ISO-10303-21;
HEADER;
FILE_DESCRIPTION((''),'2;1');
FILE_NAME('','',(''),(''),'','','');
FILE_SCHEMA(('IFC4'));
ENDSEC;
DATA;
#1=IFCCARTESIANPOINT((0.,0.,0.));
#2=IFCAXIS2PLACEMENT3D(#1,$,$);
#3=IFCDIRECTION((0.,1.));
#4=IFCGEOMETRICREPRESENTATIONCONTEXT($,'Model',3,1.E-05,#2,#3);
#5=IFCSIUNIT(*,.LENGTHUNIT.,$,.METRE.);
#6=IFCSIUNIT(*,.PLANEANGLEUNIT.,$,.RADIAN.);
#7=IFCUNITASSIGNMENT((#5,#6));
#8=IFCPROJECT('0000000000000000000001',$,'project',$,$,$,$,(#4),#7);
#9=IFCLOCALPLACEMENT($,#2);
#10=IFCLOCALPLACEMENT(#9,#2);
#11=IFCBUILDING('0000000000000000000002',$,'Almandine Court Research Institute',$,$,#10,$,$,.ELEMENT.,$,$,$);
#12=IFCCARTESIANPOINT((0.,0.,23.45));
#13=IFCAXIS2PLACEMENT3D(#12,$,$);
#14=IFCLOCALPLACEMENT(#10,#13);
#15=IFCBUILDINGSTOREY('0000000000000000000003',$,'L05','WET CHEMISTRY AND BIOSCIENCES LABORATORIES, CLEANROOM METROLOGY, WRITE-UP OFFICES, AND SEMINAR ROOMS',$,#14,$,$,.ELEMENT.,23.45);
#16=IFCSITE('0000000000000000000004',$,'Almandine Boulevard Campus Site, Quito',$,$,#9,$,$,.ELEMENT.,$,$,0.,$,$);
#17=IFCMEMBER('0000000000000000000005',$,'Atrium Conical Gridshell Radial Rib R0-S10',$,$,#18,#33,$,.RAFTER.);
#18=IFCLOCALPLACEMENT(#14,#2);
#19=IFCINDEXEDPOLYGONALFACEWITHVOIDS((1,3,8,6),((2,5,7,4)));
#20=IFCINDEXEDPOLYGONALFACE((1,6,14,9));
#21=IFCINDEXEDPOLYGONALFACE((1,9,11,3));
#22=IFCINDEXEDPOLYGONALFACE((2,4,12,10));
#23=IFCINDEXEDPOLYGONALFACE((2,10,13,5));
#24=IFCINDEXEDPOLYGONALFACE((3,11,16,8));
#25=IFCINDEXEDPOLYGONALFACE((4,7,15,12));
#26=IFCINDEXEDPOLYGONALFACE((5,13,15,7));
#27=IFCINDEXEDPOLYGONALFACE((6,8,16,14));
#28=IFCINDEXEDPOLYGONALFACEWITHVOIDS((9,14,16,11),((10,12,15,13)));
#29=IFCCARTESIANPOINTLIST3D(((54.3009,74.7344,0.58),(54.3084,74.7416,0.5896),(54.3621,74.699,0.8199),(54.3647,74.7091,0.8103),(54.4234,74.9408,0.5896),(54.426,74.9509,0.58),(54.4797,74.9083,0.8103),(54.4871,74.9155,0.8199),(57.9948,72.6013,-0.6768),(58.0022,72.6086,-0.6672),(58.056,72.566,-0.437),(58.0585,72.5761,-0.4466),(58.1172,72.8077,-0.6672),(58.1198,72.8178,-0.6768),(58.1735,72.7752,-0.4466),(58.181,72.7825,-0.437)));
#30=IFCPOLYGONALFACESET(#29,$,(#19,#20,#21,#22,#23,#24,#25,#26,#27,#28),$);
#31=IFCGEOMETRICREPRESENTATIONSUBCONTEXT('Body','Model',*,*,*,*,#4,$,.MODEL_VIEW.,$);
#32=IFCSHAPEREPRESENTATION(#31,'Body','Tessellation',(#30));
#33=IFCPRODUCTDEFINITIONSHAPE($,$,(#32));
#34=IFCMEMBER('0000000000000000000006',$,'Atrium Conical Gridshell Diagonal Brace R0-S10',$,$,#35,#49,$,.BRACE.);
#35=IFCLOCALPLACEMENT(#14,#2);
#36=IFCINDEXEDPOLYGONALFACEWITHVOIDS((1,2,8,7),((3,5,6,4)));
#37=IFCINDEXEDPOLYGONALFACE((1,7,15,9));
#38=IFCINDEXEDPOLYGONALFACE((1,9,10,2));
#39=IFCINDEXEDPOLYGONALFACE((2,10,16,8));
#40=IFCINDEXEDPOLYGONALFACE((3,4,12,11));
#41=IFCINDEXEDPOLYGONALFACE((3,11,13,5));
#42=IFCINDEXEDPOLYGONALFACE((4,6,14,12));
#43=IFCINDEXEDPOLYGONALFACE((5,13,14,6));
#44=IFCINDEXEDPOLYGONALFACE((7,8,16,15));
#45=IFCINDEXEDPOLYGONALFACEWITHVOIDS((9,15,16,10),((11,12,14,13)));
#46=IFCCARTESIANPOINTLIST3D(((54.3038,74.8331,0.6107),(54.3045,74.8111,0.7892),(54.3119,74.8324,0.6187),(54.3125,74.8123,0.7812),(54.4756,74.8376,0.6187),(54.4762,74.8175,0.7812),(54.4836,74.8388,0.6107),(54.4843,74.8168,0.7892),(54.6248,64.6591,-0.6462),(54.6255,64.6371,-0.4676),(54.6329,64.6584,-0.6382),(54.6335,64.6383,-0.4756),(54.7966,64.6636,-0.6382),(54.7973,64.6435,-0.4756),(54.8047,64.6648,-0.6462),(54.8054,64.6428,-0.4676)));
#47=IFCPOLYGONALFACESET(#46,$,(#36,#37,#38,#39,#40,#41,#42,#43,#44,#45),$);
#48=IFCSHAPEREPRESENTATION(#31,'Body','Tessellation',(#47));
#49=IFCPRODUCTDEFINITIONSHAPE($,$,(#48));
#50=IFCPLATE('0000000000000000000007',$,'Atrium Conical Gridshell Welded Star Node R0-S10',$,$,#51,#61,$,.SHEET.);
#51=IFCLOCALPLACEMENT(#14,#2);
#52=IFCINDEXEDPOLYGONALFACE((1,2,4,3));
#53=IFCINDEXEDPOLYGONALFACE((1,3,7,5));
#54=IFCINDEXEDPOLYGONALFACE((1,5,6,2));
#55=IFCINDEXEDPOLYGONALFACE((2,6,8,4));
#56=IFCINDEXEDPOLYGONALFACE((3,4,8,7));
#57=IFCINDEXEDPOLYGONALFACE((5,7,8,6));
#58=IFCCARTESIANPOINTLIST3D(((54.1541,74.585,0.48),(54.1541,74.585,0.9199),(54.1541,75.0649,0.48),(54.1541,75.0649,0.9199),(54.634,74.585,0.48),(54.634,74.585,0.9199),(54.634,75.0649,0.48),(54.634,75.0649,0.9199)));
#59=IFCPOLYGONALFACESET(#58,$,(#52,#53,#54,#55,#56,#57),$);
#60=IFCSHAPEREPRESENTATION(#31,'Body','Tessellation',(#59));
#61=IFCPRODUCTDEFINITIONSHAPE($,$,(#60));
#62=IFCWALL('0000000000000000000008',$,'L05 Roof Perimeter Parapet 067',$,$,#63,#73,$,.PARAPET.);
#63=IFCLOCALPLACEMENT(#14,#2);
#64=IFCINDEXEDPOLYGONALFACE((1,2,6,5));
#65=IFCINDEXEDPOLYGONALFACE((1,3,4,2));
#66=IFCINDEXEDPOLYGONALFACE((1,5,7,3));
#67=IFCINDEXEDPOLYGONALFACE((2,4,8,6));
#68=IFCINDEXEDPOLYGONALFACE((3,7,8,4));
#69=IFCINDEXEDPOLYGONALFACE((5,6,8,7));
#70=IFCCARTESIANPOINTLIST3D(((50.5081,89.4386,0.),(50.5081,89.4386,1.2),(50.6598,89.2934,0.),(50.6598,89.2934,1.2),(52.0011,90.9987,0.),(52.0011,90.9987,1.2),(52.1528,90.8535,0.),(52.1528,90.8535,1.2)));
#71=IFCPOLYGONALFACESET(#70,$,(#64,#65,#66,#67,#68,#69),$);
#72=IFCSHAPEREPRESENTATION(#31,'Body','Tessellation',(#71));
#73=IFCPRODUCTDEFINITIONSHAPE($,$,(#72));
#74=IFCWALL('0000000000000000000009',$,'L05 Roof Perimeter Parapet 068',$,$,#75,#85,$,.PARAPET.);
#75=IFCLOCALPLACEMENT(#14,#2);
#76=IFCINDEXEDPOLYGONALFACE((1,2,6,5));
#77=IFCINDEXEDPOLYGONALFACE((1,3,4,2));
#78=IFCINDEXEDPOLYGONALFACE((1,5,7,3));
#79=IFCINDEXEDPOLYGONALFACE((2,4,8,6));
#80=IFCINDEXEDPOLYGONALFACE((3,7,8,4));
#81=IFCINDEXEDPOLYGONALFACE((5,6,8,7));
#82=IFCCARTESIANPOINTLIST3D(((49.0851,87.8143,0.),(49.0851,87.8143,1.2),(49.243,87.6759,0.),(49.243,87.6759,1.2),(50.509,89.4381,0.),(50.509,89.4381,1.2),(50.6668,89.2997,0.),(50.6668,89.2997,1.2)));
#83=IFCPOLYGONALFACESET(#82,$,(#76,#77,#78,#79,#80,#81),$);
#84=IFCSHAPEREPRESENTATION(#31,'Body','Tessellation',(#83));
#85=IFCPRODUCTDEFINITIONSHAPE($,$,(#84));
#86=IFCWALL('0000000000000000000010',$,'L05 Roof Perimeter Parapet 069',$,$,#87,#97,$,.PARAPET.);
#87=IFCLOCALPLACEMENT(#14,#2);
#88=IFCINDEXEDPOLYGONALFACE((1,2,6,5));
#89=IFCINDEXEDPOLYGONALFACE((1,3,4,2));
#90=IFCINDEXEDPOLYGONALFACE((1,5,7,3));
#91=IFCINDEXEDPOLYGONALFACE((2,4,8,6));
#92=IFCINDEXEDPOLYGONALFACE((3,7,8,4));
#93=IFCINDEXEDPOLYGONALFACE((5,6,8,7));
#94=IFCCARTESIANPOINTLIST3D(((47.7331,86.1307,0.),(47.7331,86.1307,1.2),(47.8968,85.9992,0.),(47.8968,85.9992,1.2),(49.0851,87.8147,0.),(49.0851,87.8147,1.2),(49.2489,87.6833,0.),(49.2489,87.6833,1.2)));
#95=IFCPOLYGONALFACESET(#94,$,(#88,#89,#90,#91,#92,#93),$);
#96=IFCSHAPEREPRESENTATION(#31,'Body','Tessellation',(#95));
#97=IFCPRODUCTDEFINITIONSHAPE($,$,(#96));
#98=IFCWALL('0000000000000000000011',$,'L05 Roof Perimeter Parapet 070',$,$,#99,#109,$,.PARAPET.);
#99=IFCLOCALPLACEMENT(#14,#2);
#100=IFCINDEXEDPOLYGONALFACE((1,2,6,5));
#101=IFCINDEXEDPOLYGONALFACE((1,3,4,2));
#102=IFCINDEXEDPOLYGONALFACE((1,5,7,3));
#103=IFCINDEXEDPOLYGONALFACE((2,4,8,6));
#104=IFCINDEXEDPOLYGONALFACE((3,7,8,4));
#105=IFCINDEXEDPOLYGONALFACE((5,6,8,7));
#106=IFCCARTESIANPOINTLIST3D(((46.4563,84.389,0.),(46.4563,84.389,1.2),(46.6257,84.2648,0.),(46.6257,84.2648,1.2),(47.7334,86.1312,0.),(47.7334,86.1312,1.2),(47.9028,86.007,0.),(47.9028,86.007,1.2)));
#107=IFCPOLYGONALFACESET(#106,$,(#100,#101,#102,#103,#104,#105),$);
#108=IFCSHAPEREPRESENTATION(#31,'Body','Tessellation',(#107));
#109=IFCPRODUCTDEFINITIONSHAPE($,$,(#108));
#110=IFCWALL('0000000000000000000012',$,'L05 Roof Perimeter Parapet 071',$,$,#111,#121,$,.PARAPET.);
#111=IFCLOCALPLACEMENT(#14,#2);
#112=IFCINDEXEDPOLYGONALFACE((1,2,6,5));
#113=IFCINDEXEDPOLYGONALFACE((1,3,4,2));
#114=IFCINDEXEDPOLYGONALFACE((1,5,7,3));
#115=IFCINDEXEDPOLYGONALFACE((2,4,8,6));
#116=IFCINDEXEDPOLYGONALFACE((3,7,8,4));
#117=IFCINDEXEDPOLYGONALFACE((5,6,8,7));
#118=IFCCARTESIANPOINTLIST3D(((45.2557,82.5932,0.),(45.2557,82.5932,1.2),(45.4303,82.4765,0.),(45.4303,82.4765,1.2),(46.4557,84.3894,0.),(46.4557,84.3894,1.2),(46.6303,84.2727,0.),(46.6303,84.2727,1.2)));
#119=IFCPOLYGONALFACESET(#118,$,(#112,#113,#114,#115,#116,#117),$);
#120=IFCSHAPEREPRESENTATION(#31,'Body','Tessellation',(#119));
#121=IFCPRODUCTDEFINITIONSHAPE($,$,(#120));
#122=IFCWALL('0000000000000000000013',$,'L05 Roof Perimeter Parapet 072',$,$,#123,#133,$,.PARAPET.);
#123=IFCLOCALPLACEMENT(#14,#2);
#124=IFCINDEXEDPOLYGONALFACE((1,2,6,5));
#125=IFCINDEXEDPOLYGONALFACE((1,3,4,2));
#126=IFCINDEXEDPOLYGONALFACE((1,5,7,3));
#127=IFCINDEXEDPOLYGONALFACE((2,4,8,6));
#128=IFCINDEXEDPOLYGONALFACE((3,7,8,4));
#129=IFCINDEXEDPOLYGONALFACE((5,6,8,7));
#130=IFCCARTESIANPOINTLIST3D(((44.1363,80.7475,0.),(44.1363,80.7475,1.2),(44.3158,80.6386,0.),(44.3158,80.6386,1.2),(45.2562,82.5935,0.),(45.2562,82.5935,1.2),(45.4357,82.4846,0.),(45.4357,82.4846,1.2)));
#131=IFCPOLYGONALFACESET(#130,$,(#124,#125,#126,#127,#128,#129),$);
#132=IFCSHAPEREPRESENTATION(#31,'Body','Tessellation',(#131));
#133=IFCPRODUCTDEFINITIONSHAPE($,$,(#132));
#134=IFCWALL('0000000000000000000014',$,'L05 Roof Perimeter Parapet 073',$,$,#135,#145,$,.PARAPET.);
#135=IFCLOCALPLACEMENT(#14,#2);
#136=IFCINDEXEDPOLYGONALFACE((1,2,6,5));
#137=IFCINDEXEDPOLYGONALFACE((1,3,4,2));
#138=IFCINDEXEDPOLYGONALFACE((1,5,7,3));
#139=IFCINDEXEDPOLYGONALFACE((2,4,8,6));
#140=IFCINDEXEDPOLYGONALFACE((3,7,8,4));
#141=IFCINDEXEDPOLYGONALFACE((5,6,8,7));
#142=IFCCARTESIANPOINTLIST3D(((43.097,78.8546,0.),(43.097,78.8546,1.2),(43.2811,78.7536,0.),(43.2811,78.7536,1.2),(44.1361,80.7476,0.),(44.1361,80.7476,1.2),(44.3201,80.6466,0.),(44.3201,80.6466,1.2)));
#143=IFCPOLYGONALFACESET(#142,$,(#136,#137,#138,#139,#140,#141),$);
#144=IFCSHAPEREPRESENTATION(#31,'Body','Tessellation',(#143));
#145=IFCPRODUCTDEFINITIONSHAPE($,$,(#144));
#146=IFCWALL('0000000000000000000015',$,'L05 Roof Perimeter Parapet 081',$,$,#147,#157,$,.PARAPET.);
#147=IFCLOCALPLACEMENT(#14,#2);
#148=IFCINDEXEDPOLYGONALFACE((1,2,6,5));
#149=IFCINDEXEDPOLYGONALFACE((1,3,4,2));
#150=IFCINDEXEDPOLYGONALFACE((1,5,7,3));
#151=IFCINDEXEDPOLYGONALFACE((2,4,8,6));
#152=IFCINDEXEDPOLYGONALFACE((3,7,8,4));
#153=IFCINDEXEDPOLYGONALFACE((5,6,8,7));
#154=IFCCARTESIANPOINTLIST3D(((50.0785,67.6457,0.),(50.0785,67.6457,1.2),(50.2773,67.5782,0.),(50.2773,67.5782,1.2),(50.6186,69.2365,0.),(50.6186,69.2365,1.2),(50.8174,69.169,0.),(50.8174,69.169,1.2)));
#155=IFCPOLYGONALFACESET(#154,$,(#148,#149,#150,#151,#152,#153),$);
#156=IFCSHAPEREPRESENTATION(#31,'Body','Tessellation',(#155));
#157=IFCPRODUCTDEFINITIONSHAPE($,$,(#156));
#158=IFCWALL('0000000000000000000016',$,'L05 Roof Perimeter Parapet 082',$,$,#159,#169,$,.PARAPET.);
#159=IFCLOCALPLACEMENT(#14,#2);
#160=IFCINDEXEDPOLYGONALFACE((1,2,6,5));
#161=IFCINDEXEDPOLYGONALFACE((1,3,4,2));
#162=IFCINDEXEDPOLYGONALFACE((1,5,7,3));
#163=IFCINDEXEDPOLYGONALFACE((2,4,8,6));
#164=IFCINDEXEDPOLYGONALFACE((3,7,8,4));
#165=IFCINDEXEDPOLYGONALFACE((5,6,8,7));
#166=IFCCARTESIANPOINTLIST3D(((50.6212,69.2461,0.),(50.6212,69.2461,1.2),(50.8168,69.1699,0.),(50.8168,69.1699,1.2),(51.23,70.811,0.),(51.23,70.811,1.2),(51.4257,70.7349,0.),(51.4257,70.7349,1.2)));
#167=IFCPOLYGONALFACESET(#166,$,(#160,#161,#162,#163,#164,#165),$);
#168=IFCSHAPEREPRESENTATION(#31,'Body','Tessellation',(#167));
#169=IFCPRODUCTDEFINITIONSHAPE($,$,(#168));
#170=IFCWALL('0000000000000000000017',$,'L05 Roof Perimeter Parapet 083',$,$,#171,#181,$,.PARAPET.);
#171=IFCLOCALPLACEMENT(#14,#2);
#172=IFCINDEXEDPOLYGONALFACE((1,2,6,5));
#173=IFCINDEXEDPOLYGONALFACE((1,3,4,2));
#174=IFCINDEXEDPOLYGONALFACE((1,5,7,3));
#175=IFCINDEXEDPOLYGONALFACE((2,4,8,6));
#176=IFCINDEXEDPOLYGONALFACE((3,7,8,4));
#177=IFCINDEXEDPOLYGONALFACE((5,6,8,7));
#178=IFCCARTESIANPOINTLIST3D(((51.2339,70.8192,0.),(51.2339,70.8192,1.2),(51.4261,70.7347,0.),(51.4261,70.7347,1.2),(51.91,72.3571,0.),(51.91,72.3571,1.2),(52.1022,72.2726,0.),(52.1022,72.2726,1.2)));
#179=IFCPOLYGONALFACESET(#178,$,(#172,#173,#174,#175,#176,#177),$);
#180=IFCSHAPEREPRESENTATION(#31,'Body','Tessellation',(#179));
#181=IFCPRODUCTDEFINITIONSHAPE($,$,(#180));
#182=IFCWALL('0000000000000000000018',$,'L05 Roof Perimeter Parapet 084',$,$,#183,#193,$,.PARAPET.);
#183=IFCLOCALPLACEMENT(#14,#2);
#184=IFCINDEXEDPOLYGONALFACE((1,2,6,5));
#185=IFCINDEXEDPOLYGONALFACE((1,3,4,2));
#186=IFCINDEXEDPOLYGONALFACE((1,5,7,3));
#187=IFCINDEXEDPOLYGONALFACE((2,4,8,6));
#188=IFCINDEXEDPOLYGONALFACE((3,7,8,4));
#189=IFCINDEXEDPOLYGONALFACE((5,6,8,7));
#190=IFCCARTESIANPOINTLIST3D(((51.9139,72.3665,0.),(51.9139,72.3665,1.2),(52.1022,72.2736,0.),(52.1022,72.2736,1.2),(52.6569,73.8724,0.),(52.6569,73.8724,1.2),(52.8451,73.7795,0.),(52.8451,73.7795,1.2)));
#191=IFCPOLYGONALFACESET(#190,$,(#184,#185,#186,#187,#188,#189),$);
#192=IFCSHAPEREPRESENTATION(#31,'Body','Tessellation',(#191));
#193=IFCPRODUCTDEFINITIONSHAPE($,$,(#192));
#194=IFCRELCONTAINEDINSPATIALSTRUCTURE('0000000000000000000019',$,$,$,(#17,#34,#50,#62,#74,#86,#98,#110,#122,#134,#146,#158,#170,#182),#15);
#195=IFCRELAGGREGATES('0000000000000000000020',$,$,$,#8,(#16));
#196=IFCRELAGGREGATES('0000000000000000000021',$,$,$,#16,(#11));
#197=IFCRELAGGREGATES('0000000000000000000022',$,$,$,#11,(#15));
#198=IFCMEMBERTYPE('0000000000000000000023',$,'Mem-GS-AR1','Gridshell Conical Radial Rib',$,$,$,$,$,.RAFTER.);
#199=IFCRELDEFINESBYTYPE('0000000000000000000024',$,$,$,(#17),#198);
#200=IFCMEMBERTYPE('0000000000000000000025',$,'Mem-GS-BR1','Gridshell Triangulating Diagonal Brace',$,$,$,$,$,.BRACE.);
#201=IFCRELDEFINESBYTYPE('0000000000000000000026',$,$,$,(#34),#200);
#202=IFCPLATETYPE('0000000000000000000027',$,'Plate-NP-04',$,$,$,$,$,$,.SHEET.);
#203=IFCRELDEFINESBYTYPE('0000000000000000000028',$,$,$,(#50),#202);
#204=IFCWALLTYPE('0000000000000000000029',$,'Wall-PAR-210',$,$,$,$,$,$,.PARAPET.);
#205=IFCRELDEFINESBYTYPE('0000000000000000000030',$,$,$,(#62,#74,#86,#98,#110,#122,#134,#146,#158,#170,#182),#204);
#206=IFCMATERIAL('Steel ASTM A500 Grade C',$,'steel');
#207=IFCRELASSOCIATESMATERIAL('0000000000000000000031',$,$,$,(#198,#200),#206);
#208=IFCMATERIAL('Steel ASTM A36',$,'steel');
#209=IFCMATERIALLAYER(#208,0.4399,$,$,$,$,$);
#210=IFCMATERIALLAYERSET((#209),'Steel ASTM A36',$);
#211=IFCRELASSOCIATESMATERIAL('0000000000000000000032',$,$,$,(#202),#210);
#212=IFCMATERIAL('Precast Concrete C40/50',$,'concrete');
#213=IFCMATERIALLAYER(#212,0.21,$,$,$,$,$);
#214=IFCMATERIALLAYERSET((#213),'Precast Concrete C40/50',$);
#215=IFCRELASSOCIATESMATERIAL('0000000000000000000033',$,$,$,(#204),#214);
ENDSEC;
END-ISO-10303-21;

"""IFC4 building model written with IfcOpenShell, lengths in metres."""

from ifc_helpers import new_model, si_unit, direction, frame, frame_2d, origin, origin_2d, place, context, subcontext, project, spatial, rectangle, hollow_rectangle, extrude, material, layer, layer_set, material_profile, profile_set, type_object, element, save


model = new_model("IFC4")

# Units and contexts
model_context = context("Model", 3, precision=1e-05, world=origin(), true_north=direction((0.0, 1.0)))
body_context = subcontext(model_context, "Body", "Model", "MODEL_VIEW")
ifc_project = project(units=[si_unit("LENGTHUNIT", "METRE"), si_unit("PLANEANGLEUNIT", "RADIAN")], contexts=[model_context])

# Site, building, storey
site_placement = place(None, origin())
site = spatial("IfcSite", under=ifc_project, at=site_placement, Name="Almandine Boulevard Campus Site, Quito", CompositionType="ELEMENT", RefElevation=0.0)
building_placement = place(site_placement, origin())
building = spatial("IfcBuilding", under=site, at=building_placement, Name="Almandine Court Research Institute", CompositionType="ELEMENT")
storey_placement = place(building_placement, frame((0.0, 0.0, 23.45)))
storey = spatial("IfcBuildingStorey", under=building, at=storey_placement, Name="L05", Description="WET CHEMISTRY AND BIOSCIENCES LABORATORIES, CLEANROOM METROLOGY, WRITE-UP OFFICES, AND SEMINAR ROOMS", CompositionType="ELEMENT", Elevation=23.45)

# Members
ifc_material_1 = material(Name="Steel ASTM A500 Grade C", Category="steel")
ifc_material_profile_1 = material_profile(ifc_material_1, hollow_rectangle(XDim=0.25, YDim=0.25, WallThickness=0.01, at=origin_2d()), Name="HSS 250x250x10")
ifc_profile_set_1 = profile_set([ifc_material_profile_1], Name="Steel ASTM A500 Grade C")
member_type_1 = type_object("IfcMemberType", Name="Mem-GS-AR1", Description="Gridshell Conical Radial Rib", PredefinedType="RAFTER", material=ifc_profile_set_1)
member_1_placement = place(storey_placement, frame((54.394, 74.825, 0.7), z_axis=(0.830674, -0.479683, -0.282638), x_axis=(0.500073, 0.865984, 0.0)))
element("IfcMember", 1, at=member_1_placement, inside=storey, type_object=member_type_1, Name="Atrium Conical Gridshell Radial Rib R0-S10", PredefinedType="RAFTER", context=body_context, shape_type="SweptSolid", body=[
    extrude(hollow_rectangle(XDim=0.25, YDim=0.25, WallThickness=0.01, at=origin_2d()), origin(), (0.0, 0.0, 1.0), 4.4468),
])
ifc_material_profile_2 = material_profile(ifc_material_1, hollow_rectangle(XDim=0.1799, YDim=0.1799, WallThickness=0.0081, at=origin_2d()), Name="HSS 180x180x8")
ifc_profile_set_2 = profile_set([ifc_material_profile_2], Name="Steel ASTM A500 Grade C")
member_type_2 = type_object("IfcMemberType", Name="Mem-GS-BR1", Description="Gridshell Triangulating Diagonal Brace", PredefinedType="BRACE", material=ifc_profile_set_2)
member_2_placement = place(storey_placement, frame((54.394, 74.825, 0.7), z_axis=(0.031302, -0.99197, -0.122541), x_axis=(0.999503, 0.03154, 0.0)))
element("IfcMember", 2, at=member_2_placement, inside=storey, type_object=member_type_2, Name="Atrium Conical Gridshell Diagonal Brace R0-S10", PredefinedType="BRACE", context=body_context, shape_type="SweptSolid", body=[
    extrude(hollow_rectangle(XDim=0.1799, YDim=0.1799, WallThickness=0.0081, at=origin_2d()), origin(), (0.0, 0.0, 1.0), 10.2563),
])

# Plate
ifc_material_2 = material(Name="Steel ASTM A36", Category="steel")
ifc_layer_1 = layer(ifc_material_2, 0.4399)
ifc_layer_set_1 = layer_set([ifc_layer_1], Name="Steel ASTM A36")
plate_type = type_object("IfcPlateType", Name="Plate-NP-04", PredefinedType="SHEET", material=ifc_layer_set_1)
plate_placement = place(storey_placement, frame((54.394, 74.825, 0.48), z_axis=(0.0, 0.0, 1.0), x_axis=(1.0, 0.0, 0.0)))
element("IfcPlate", 3, at=plate_placement, inside=storey, type_object=plate_type, Name="Atrium Conical Gridshell Welded Star Node R0-S10", PredefinedType="SHEET", context=body_context, shape_type="SweptSolid", body=[
    extrude(rectangle(XDim=0.48, YDim=0.48, at=origin_2d()), origin(), (0.0, 0.0, 1.0), 0.4399),
])

# Walls
ifc_material_3 = material(Name="Precast Concrete C40/50", Category="concrete")
ifc_layer_2 = layer(ifc_material_3, 0.21)
ifc_layer_set_2 = layer_set([ifc_layer_2], Name="Precast Concrete C40/50")
wall_type_1 = type_object("IfcWallType", Name="Wall-PAR-210", PredefinedType="PARAPET", material=ifc_layer_set_2)
wall_1_placement = place(storey_placement, frame((52.0769, 90.926, 0.0), z_axis=(0.0, 0.0, 1.0), x_axis=(-0.691389, -0.722482, 0.0)))
element("IfcWall", 4, at=wall_1_placement, inside=storey, type_object=wall_type_1, Name="L05 Roof Perimeter Parapet 067", PredefinedType="PARAPET", context=body_context, shape_type="SweptSolid", body=[
    extrude(rectangle(XDim=2.1594, YDim=0.21, at=frame_2d((1.0796, 0.0))), origin(), (0.0, 0.0, 1.0), 1.2),
])
for number, where, z_axis, x_axis, name in (
    (5, (50.5879, 89.3689, 0.0), (0.0, 0.0, 1.0), (-0.659297, -0.751883, 0.0), "L05 Roof Perimeter Parapet 068"),
    (6, (49.167, 87.749, 0.0), (0.0, 0.0, 1.0), (-0.626045, -0.779787, 0.0), "L05 Roof Perimeter Parapet 069"),
):
    element("IfcWall", number, at=place(storey_placement, frame(where, z_axis=z_axis, x_axis=x_axis)), inside=storey, type_object=wall_type_1, Name=name, PredefinedType="PARAPET", context=body_context, shape_type="SweptSolid", body=[
        extrude(rectangle(XDim=2.1597, YDim=0.21, at=frame_2d((1.0798, 0.0))), origin(), (0.0, 0.0, 1.0), 1.2),
    ])
for number, where, z_axis, x_axis, name in (
    (7, (47.8181, 86.0691, 0.0), (0.0, 0.0, 1.0), (-0.591212, -0.806516, 0.0), "L05 Roof Perimeter Parapet 070"),
    (8, (46.543, 84.3311, 0.0), (0.0, 0.0, 1.0), (-0.555508, -0.831511, 0.0), "L05 Roof Perimeter Parapet 071"),
):
    element("IfcWall", number, at=place(storey_placement, frame(where, z_axis=z_axis, x_axis=x_axis)), inside=storey, type_object=wall_type_1, Name=name, PredefinedType="PARAPET", context=body_context, shape_type="SweptSolid", body=[
        extrude(rectangle(XDim=2.1602, YDim=0.21, at=frame_2d((1.0801, 0.0))), origin(), (0.0, 0.0, 1.0), 1.2),
    ])
wall_2_placement = place(storey_placement, frame((45.3459, 82.5391, 0.0), z_axis=(0.0, 0.0, 1.0), x_axis=(-0.51868, -0.854968, 0.0)))
element("IfcWall", 9, at=wall_2_placement, inside=storey, type_object=wall_type_1, Name="L05 Roof Perimeter Parapet 072", PredefinedType="PARAPET", context=body_context, shape_type="SweptSolid", body=[
    extrude(rectangle(XDim=2.1592, YDim=0.21, at=frame_2d((1.0796, 0.0))), origin(), (0.0, 0.0, 1.0), 1.2),
])
wall_3_placement = place(storey_placement, frame((44.228, 80.697, 0.0), z_axis=(0.0, 0.0, 1.0), x_axis=(-0.481163, -0.876631, 0.0)))
element("IfcWall", 10, at=wall_3_placement, inside=storey, type_object=wall_type_1, Name="L05 Roof Perimeter Parapet 073", PredefinedType="PARAPET", context=body_context, shape_type="SweptSolid", body=[
    extrude(rectangle(XDim=2.1594, YDim=0.21, at=frame_2d((1.0796, 0.0))), origin(), (0.0, 0.0, 1.0), 1.2),
])
wall_4_placement = place(storey_placement, frame((50.178, 67.6121, 0.0), z_axis=(0.0, 0.0, 1.0), x_axis=(0.321455, 0.946925, 0.0)))
element("IfcWall", 11, at=wall_4_placement, inside=storey, type_object=wall_type_1, Name="L05 Roof Perimeter Parapet 081", PredefinedType="PARAPET", context=body_context, shape_type="SweptSolid", body=[
    extrude(rectangle(XDim=1.6799, YDim=0.21, at=frame_2d((0.8398, 0.0))), origin(), (0.0, 0.0, 1.0), 1.2),
])
wall_5_placement = place(storey_placement, frame((50.719, 69.208, 0.0), z_axis=(0.0, 0.0, 1.0), x_axis=(0.362601, 0.931945, 0.0)))
element("IfcWall", 12, at=wall_5_placement, inside=storey, type_object=wall_type_1, Name="L05 Roof Perimeter Parapet 082", PredefinedType="PARAPET", context=body_context, shape_type="SweptSolid", body=[
    extrude(rectangle(XDim=1.6792, YDim=0.21, at=frame_2d((0.8396, 0.0))), origin(), (0.0, 0.0, 1.0), 1.2),
])
wall_6_placement = place(storey_placement, frame((51.3301, 70.7771, 0.0), z_axis=(0.0, 0.0, 1.0), x_axis=(0.402427, 0.915452, 0.0)))
element("IfcWall", 13, at=wall_6_placement, inside=storey, type_object=wall_type_1, Name="L05 Roof Perimeter Parapet 083", PredefinedType="PARAPET", context=body_context, shape_type="SweptSolid", body=[
    extrude(rectangle(XDim=1.6799, YDim=0.21, at=frame_2d((0.8398, 0.0))), origin(), (0.0, 0.0, 1.0), 1.2),
])
wall_7_placement = place(storey_placement, frame((52.0081, 72.3201, 0.0), z_axis=(0.0, 0.0, 1.0), x_axis=(0.442438, 0.896799, 0.0)))
element("IfcWall", 14, at=wall_7_placement, inside=storey, type_object=wall_type_1, Name="L05 Roof Perimeter Parapet 084", PredefinedType="PARAPET", context=body_context, shape_type="SweptSolid", body=[
    extrude(rectangle(XDim=1.6792, YDim=0.21, at=frame_2d((0.8396, 0.0))), origin(), (0.0, 0.0, 1.0), 1.2),
])

save(model, "model.ifc")
